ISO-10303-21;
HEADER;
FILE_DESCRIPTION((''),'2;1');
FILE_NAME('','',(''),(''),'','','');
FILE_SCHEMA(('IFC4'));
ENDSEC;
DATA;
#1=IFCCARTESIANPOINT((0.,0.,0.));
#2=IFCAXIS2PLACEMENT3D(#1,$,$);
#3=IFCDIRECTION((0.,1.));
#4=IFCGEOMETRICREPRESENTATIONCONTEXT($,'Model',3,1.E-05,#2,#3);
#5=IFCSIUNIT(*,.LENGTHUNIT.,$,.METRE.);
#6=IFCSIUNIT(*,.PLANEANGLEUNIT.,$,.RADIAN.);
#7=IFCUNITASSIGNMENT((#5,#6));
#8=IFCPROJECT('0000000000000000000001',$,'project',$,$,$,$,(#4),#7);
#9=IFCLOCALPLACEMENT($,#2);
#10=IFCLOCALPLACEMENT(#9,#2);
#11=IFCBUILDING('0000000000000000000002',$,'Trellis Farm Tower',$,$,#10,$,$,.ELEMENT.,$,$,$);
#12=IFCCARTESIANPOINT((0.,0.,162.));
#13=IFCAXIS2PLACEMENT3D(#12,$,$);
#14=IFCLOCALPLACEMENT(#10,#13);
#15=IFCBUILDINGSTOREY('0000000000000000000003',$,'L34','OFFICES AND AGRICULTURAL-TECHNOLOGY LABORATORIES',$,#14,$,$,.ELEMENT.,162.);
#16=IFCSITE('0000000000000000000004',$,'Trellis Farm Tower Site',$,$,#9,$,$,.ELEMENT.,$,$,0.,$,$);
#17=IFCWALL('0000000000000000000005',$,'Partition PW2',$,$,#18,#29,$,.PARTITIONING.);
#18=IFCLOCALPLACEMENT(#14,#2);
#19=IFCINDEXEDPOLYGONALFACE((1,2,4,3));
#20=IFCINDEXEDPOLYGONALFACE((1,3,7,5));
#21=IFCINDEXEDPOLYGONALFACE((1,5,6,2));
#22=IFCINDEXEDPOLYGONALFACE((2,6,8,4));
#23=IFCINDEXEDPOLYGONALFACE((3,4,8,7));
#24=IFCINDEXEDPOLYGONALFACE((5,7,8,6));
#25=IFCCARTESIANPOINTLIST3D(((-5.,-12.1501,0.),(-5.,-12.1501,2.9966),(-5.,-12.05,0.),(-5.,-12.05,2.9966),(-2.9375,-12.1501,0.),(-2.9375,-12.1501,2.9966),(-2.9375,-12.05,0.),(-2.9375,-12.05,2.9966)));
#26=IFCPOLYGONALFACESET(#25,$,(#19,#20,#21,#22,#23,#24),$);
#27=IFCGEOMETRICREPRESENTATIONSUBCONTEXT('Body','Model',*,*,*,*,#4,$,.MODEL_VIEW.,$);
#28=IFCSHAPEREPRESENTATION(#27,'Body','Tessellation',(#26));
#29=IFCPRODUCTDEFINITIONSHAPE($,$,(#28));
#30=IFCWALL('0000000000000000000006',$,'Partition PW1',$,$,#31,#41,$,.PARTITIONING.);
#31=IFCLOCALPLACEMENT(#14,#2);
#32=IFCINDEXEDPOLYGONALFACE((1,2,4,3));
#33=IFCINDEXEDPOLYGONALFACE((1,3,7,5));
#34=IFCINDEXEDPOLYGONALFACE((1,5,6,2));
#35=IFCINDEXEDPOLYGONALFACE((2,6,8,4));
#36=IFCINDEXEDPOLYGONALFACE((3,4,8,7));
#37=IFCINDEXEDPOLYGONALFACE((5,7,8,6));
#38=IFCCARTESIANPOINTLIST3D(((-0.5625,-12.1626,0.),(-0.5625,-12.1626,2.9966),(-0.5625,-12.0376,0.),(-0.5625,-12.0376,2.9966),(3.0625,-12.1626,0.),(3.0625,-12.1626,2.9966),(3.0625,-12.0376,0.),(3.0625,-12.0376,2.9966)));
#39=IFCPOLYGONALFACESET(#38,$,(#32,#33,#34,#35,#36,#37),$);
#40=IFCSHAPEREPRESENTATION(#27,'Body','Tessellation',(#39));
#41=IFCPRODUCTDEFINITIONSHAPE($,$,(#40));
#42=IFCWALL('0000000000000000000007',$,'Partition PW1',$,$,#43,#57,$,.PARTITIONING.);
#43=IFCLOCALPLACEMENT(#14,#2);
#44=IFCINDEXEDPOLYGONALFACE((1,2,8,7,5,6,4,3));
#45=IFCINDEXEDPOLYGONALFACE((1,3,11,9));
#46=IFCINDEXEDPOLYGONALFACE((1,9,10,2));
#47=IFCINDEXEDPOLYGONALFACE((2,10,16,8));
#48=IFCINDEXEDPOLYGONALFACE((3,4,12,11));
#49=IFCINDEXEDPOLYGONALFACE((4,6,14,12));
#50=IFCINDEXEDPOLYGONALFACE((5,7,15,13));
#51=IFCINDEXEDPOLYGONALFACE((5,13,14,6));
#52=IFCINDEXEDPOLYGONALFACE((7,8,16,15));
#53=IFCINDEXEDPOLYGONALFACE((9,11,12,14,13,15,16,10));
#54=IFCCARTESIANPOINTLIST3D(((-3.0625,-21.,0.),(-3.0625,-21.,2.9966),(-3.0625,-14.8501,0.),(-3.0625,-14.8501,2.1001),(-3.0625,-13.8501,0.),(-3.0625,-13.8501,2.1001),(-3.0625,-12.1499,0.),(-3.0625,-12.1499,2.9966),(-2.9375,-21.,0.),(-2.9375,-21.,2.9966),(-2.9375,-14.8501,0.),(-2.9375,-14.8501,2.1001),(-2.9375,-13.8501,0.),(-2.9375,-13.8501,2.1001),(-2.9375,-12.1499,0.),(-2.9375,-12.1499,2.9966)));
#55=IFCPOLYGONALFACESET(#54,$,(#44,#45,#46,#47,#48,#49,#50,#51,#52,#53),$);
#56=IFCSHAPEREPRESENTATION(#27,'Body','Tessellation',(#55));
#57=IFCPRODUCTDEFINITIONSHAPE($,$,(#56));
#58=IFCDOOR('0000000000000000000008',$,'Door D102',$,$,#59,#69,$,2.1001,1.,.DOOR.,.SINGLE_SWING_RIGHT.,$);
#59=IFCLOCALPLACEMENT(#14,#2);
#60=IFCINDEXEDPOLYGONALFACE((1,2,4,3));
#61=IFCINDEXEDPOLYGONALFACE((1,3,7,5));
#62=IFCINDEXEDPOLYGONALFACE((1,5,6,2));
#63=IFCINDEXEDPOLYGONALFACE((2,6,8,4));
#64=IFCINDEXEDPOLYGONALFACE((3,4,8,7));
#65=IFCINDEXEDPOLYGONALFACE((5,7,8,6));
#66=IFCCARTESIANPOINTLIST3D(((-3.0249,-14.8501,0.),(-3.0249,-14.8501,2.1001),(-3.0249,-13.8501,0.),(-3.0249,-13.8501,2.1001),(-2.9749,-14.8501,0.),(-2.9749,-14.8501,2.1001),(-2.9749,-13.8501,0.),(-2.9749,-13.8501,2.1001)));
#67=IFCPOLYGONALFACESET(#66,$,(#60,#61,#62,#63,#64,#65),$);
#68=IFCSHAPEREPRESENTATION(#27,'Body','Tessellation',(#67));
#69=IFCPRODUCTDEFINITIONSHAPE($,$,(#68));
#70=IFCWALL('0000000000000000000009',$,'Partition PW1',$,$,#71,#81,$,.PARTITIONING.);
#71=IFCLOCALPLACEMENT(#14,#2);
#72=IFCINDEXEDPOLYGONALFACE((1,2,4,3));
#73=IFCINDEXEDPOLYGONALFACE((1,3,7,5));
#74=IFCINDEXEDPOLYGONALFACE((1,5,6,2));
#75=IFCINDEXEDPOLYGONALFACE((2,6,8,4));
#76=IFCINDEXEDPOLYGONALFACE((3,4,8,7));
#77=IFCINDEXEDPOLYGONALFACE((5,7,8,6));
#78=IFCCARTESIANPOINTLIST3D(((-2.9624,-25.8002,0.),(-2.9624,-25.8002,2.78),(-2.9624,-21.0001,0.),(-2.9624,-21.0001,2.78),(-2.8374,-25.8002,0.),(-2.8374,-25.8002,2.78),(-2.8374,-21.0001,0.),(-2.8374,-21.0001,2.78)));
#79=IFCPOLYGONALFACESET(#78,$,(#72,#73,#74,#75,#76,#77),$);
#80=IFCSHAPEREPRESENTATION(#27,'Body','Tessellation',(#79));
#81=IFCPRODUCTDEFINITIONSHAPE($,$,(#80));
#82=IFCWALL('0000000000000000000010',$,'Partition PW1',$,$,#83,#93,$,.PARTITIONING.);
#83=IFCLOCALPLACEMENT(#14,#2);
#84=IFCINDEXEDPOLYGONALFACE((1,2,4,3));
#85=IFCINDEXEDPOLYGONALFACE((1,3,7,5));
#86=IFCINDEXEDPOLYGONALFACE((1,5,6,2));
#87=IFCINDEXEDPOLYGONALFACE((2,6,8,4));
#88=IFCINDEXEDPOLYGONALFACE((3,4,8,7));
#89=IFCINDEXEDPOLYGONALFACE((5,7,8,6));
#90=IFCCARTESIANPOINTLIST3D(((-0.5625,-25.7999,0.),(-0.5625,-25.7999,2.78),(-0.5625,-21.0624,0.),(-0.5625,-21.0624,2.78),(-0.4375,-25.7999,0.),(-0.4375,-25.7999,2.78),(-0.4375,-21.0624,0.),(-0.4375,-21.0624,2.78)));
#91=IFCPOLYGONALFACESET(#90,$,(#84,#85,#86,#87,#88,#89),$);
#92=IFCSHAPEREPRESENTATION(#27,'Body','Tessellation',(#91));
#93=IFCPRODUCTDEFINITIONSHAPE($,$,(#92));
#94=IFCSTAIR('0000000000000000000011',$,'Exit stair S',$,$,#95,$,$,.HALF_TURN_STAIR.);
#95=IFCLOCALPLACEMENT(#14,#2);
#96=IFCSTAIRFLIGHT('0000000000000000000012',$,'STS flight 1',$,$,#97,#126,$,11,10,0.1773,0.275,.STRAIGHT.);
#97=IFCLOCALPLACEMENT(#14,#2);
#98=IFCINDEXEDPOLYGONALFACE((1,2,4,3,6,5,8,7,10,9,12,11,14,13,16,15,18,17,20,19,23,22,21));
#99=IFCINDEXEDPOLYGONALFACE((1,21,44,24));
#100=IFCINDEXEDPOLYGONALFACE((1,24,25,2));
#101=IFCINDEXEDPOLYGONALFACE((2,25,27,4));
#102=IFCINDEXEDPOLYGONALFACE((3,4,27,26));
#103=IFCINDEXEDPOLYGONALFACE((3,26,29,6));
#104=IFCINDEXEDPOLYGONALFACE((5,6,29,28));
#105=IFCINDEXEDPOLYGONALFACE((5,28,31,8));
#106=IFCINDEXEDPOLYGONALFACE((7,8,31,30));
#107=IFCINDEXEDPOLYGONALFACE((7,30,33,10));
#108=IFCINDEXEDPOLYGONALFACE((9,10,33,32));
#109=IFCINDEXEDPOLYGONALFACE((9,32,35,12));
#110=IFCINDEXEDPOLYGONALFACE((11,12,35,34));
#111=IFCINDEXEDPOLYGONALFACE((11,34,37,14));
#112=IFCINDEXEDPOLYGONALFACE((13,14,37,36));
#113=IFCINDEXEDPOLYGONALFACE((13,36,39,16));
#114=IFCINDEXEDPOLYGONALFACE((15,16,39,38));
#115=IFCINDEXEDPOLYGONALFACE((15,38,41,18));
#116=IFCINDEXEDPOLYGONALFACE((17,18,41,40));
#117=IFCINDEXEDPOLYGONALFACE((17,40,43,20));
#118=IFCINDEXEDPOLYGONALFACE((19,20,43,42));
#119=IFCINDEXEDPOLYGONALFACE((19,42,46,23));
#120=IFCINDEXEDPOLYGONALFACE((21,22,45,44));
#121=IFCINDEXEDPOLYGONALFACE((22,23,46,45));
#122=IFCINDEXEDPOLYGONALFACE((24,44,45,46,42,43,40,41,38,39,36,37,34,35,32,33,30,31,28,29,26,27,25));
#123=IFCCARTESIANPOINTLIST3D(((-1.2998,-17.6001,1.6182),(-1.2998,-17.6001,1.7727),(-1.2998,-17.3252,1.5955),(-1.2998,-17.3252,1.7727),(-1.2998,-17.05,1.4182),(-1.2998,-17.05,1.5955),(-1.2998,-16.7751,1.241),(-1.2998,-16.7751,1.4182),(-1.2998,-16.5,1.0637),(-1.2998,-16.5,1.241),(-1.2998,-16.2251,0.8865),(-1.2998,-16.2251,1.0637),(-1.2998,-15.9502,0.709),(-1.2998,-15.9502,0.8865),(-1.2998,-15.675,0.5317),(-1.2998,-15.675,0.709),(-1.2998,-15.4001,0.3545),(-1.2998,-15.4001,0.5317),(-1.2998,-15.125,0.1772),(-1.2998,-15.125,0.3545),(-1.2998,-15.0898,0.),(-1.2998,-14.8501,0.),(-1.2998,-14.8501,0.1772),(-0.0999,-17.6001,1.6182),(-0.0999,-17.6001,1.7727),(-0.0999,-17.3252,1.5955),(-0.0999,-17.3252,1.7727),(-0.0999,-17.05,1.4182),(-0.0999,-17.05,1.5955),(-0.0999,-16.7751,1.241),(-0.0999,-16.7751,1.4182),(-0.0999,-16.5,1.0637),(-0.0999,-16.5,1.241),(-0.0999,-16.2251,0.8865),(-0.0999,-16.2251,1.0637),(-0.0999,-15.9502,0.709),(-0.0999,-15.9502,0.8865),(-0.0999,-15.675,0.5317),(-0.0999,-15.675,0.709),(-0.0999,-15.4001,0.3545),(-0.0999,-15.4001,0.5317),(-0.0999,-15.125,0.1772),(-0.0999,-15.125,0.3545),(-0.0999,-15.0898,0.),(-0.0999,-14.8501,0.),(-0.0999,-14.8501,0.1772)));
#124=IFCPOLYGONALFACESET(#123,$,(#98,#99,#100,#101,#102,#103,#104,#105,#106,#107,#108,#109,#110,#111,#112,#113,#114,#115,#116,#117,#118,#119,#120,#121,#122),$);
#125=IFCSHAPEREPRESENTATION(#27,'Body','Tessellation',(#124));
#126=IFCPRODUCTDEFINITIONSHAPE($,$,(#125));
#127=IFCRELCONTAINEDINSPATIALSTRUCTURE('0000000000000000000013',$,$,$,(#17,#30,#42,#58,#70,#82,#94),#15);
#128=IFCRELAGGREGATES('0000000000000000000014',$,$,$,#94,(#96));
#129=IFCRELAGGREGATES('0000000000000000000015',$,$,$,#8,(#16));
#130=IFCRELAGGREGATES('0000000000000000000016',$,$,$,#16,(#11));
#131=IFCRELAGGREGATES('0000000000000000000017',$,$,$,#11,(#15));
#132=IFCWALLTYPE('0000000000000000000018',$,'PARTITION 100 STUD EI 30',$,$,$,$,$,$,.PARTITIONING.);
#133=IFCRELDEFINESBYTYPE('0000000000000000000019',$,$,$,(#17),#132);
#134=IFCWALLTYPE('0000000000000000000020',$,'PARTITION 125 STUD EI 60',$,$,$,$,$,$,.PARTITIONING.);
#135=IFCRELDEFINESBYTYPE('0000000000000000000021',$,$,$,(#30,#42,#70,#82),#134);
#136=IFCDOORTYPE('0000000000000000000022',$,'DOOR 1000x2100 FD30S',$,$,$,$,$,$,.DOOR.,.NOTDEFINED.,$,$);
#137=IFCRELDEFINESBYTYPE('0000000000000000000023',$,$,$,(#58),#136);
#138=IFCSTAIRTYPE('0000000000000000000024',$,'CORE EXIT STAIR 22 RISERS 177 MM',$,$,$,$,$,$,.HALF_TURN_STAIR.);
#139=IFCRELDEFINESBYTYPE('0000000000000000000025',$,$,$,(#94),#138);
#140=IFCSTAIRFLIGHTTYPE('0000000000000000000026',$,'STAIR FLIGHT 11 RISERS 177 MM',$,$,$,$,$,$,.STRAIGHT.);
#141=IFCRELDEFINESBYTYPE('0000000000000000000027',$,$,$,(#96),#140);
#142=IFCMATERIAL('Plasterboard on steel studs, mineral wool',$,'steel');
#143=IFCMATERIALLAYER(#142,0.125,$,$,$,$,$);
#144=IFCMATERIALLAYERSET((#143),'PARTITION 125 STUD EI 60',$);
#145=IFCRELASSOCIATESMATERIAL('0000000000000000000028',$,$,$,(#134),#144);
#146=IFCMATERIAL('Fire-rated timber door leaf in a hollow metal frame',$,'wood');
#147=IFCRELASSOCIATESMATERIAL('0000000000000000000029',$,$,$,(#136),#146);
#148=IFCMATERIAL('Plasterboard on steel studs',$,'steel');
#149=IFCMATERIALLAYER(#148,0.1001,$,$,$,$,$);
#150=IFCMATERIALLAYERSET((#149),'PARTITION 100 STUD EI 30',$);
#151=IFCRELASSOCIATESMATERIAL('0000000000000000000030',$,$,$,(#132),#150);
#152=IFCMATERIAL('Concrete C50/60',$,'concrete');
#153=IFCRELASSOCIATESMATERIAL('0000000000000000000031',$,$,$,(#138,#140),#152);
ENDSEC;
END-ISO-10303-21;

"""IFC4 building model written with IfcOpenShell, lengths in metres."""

from ifc_helpers import new_model, si_unit, direction, frame, frame_2d, origin, place, context, subcontext, project, spatial, polyline, rectangle, outline, extrude, source, transform, mapped, material, layer, layer_set, type_object, element, fill, aggregate, save


model = new_model("IFC4")

# Units and contexts
model_context = context("Model", 3, precision=1e-05, world=origin(), true_north=direction((0.0, 1.0)))
body_context = subcontext(model_context, "Body", "Model", "MODEL_VIEW")
ifc_project = project(units=[si_unit("LENGTHUNIT", "METRE"), si_unit("PLANEANGLEUNIT", "RADIAN")], contexts=[model_context])

# Site, building, storey
site_placement = place(None, origin())
site = spatial("IfcSite", under=ifc_project, at=site_placement, Name="Trellis Farm Tower Site", CompositionType="ELEMENT", RefElevation=0.0)
building_placement = place(site_placement, origin())
building = spatial("IfcBuilding", under=site, at=building_placement, Name="Trellis Farm Tower", CompositionType="ELEMENT")
storey_placement = place(building_placement, frame((0.0, 0.0, 162.0)))
storey = spatial("IfcBuildingStorey", under=building, at=storey_placement, Name="L34", Description="OFFICES AND AGRICULTURAL-TECHNOLOGY LABORATORIES", CompositionType="ELEMENT", Elevation=162.0)

# Shared definitions
placement = place(storey_placement, origin())

# Shared definitions
ifc_material_1 = material(Name="Plasterboard on steel studs, mineral wool", Category="steel")
ifc_layer_1 = layer(ifc_material_1, 0.125)
ifc_layer_set_1 = layer_set([ifc_layer_1], Name="PARTITION 125 STUD EI 60")
wall_type_1 = type_object("IfcWallType", Name="PARTITION 125 STUD EI 60", PredefinedType="PARTITIONING", material=ifc_layer_set_1)
shared_shape_1 = source(origin(), body_context, "Body", "SweptSolid", [
    extrude(rectangle(XDim=1.0, YDim=2.1001, at=frame_2d((0.5, 1.05))), frame((0.0, 0.0725, 0.0), z_axis=(0.0, -1.0, 0.0), x_axis=(1.0, 0.0, 0.0)), (0.0, 0.0, 1.0), 0.145),
])
ifc_material_2 = material(Name="Fire-rated timber door leaf in a hollow metal frame", Category="wood")
door_type = type_object("IfcDoorType", Name="DOOR 1000x2100 FD30S", OperationType="NOTDEFINED", PredefinedType="DOOR", material=ifc_material_2)
shared_shape_2 = source(origin(), body_context, "Body", "SweptSolid", [
    extrude(rectangle(XDim=1.0, YDim=2.1001, at=frame_2d((0.5, 1.05))), frame((0.0, 0.0249, 0.0), z_axis=(0.0, -1.0, 0.0), x_axis=(1.0, 0.0, 0.0)), (0.0, 0.0, 1.0), 0.05),
])

# Walls
ifc_material_3 = material(Name="Plasterboard on steel studs", Category="steel")
ifc_layer_2 = layer(ifc_material_3, 0.1001)
ifc_layer_set_2 = layer_set([ifc_layer_2], Name="PARTITION 100 STUD EI 30")
wall_type_2 = type_object("IfcWallType", Name="PARTITION 100 STUD EI 30", PredefinedType="PARTITIONING", material=ifc_layer_set_2)
shared_shape_3 = source(origin(), body_context, "Body", "SweptSolid", [
    extrude(rectangle(XDim=2.0625, YDim=0.1001, at=frame_2d((1.0312, 0.0))), origin(), (0.0, 0.0, 1.0), 2.9966),
])
wall_1_placement = place(storey_placement, frame((-5.0, -12.1001, 0.0), z_axis=(0.0, 0.0, 1.0), x_axis=(1.0, 0.0, 0.0)))
element("IfcWall", 1, at=wall_1_placement, inside=storey, type_object=wall_type_2, Name="Partition PW2", PredefinedType="PARTITIONING", context=body_context, shape_type="MappedRepresentation", body=[
    mapped(shared_shape_3, transform((0.0, 0.0, 0.0))),
])
shared_shape_4 = source(origin(), body_context, "Body", "SweptSolid", [
    extrude(rectangle(XDim=3.625, YDim=0.125, at=frame_2d((1.8125, 0.0))), origin(), (0.0, 0.0, 1.0), 2.9966),
])
wall_2_placement = place(storey_placement, frame((-0.5625, -12.1001, 0.0), z_axis=(0.0, 0.0, 1.0), x_axis=(1.0, 0.0, 0.0)))
element("IfcWall", 2, at=wall_2_placement, inside=storey, type_object=wall_type_1, Name="Partition PW1", PredefinedType="PARTITIONING", context=body_context, shape_type="MappedRepresentation", body=[
    mapped(shared_shape_4, transform((0.0, 0.0, 0.0))),
])

# Wall, opening, door
shared_shape_5 = source(origin(), body_context, "Body", "SweptSolid", [
    extrude(rectangle(XDim=8.8501, YDim=0.125, at=frame_2d((4.425, 0.0))), origin(), (0.0, 0.0, 1.0), 2.9966),
])
wall_3_placement = place(storey_placement, frame((-3.0, -21.0, 0.0), z_axis=(0.0, 0.0, 1.0), x_axis=(0.0, 1.0, 0.0)))
wall_3 = element("IfcWall", 3, at=wall_3_placement, inside=storey, type_object=wall_type_1, Name="Partition PW1", PredefinedType="PARTITIONING", context=body_context, shape_type="MappedRepresentation", body=[
    mapped(shared_shape_5, transform((0.0, 0.0, 0.0))),
])
opening_1_placement = place(wall_3_placement, frame((6.1499, 0.0, 0.0)))
opening_1 = element("IfcOpeningElement", 4, at=opening_1_placement, cuts=wall_3, PredefinedType="OPENING", context=body_context, shape_type="MappedRepresentation", body=[
    mapped(shared_shape_1, transform((0.0, 0.0, 0.0))),
])
door_1_placement = place(opening_1_placement, origin())
door_1 = element("IfcDoor", 5, at=door_1_placement, inside=storey, type_object=door_type, Name="Door D102", OperationType="SINGLE_SWING_RIGHT", OverallHeight=2.1001, OverallWidth=1.0, PredefinedType="DOOR", context=body_context, shape_type="MappedRepresentation", body=[
    mapped(shared_shape_2, transform((0.0, 0.0, 0.0))),
])
fill(opening_1, door_1)

# Walls
shared_shape_6 = source(origin(), body_context, "Body", "SweptSolid", [
    extrude(rectangle(XDim=4.8, YDim=0.125, at=frame_2d((2.3999, 0.0))), origin(), (0.0, 0.0, 1.0), 2.78),
])
wall_4_placement = place(storey_placement, frame((-2.8999, -25.8, 0.0), z_axis=(0.0, 0.0, 1.0), x_axis=(0.0, 1.0, 0.0)))
element("IfcWall", 6, at=wall_4_placement, inside=storey, type_object=wall_type_1, Name="Partition PW1", PredefinedType="PARTITIONING", context=body_context, shape_type="MappedRepresentation", body=[
    mapped(shared_shape_6, transform((0.0, 0.0, 0.0))),
])
shared_shape_7 = source(origin(), body_context, "Body", "SweptSolid", [
    extrude(rectangle(XDim=4.7375, YDim=0.125, at=frame_2d((2.3687, 0.0))), origin(), (0.0, 0.0, 1.0), 2.78),
])
wall_5_placement = place(storey_placement, frame((-0.5, -21.0625, 0.0), z_axis=(0.0, 0.0, 1.0), x_axis=(0.0, -1.0, 0.0)))
element("IfcWall", 7, at=wall_5_placement, inside=storey, type_object=wall_type_1, Name="Partition PW1", PredefinedType="PARTITIONING", context=body_context, shape_type="MappedRepresentation", body=[
    mapped(shared_shape_7, transform((0.0, 0.0, 0.0))),
])

# Stair, stair flight
ifc_material_4 = material(Name="Concrete C50/60", Category="concrete")
stair_type = type_object("IfcStairType", Name="CORE EXIT STAIR 22 RISERS 177 MM", PredefinedType="HALF_TURN_STAIR", material=ifc_material_4)
stair = element("IfcStair", 8, at=placement, inside=storey, type_object=stair_type, Name="Exit stair S", PredefinedType="HALF_TURN_STAIR")
stair_flight_type = type_object("IfcStairFlightType", Name="STAIR FLIGHT 11 RISERS 177 MM", PredefinedType="STRAIGHT", material=ifc_material_4)
shared_shape_8 = source(origin(), body_context, "Body", "SweptSolid", [
    extrude(outline(polyline([(0.0, 0.0), (0.0, 0.1772), (0.2749, 0.1772), (0.2749, 0.3545), (0.55, 0.3545), (0.55, 0.5317), (0.825, 0.5317), (0.825, 0.709), (1.1001, 0.709), (1.1001, 0.8865), (1.375, 0.8865), (1.375, 1.0637), (1.6499, 1.0637), (1.6499, 1.241), (1.925, 1.241), (1.925, 1.4182), (2.2, 1.4182), (2.2, 1.5955), (2.4751, 1.5955), (2.4751, 1.7727), (2.75, 1.7727), (2.75, 1.95), (2.75, 1.6182), (0.2397, 0.0), (0.0, 0.0)])), frame((0.0, 0.6001, 0.0), z_axis=(0.0, -1.0, 0.0), x_axis=(1.0, 0.0, 0.0)), (0.0, 0.0, 1.0), 1.2),
])
stair_flight_placement = place(storey_placement, frame((-0.7, -14.8501, 0.0), z_axis=(0.0, 0.0, 1.0), x_axis=(0.0, -1.0, 0.0)))
stair_flight = element("IfcStairFlight", 9, at=stair_flight_placement, type_object=stair_flight_type, Name="STS flight 1", NumberOfRisers=11, NumberOfTreads=10, PredefinedType="STRAIGHT", RiserHeight=0.1773, TreadLength=0.275, context=body_context, shape_type="MappedRepresentation", body=[
    mapped(shared_shape_8, transform((0.0, 0.0, 0.0))),
])
aggregate(stair, [stair_flight])

save(model, "model.ifc")
